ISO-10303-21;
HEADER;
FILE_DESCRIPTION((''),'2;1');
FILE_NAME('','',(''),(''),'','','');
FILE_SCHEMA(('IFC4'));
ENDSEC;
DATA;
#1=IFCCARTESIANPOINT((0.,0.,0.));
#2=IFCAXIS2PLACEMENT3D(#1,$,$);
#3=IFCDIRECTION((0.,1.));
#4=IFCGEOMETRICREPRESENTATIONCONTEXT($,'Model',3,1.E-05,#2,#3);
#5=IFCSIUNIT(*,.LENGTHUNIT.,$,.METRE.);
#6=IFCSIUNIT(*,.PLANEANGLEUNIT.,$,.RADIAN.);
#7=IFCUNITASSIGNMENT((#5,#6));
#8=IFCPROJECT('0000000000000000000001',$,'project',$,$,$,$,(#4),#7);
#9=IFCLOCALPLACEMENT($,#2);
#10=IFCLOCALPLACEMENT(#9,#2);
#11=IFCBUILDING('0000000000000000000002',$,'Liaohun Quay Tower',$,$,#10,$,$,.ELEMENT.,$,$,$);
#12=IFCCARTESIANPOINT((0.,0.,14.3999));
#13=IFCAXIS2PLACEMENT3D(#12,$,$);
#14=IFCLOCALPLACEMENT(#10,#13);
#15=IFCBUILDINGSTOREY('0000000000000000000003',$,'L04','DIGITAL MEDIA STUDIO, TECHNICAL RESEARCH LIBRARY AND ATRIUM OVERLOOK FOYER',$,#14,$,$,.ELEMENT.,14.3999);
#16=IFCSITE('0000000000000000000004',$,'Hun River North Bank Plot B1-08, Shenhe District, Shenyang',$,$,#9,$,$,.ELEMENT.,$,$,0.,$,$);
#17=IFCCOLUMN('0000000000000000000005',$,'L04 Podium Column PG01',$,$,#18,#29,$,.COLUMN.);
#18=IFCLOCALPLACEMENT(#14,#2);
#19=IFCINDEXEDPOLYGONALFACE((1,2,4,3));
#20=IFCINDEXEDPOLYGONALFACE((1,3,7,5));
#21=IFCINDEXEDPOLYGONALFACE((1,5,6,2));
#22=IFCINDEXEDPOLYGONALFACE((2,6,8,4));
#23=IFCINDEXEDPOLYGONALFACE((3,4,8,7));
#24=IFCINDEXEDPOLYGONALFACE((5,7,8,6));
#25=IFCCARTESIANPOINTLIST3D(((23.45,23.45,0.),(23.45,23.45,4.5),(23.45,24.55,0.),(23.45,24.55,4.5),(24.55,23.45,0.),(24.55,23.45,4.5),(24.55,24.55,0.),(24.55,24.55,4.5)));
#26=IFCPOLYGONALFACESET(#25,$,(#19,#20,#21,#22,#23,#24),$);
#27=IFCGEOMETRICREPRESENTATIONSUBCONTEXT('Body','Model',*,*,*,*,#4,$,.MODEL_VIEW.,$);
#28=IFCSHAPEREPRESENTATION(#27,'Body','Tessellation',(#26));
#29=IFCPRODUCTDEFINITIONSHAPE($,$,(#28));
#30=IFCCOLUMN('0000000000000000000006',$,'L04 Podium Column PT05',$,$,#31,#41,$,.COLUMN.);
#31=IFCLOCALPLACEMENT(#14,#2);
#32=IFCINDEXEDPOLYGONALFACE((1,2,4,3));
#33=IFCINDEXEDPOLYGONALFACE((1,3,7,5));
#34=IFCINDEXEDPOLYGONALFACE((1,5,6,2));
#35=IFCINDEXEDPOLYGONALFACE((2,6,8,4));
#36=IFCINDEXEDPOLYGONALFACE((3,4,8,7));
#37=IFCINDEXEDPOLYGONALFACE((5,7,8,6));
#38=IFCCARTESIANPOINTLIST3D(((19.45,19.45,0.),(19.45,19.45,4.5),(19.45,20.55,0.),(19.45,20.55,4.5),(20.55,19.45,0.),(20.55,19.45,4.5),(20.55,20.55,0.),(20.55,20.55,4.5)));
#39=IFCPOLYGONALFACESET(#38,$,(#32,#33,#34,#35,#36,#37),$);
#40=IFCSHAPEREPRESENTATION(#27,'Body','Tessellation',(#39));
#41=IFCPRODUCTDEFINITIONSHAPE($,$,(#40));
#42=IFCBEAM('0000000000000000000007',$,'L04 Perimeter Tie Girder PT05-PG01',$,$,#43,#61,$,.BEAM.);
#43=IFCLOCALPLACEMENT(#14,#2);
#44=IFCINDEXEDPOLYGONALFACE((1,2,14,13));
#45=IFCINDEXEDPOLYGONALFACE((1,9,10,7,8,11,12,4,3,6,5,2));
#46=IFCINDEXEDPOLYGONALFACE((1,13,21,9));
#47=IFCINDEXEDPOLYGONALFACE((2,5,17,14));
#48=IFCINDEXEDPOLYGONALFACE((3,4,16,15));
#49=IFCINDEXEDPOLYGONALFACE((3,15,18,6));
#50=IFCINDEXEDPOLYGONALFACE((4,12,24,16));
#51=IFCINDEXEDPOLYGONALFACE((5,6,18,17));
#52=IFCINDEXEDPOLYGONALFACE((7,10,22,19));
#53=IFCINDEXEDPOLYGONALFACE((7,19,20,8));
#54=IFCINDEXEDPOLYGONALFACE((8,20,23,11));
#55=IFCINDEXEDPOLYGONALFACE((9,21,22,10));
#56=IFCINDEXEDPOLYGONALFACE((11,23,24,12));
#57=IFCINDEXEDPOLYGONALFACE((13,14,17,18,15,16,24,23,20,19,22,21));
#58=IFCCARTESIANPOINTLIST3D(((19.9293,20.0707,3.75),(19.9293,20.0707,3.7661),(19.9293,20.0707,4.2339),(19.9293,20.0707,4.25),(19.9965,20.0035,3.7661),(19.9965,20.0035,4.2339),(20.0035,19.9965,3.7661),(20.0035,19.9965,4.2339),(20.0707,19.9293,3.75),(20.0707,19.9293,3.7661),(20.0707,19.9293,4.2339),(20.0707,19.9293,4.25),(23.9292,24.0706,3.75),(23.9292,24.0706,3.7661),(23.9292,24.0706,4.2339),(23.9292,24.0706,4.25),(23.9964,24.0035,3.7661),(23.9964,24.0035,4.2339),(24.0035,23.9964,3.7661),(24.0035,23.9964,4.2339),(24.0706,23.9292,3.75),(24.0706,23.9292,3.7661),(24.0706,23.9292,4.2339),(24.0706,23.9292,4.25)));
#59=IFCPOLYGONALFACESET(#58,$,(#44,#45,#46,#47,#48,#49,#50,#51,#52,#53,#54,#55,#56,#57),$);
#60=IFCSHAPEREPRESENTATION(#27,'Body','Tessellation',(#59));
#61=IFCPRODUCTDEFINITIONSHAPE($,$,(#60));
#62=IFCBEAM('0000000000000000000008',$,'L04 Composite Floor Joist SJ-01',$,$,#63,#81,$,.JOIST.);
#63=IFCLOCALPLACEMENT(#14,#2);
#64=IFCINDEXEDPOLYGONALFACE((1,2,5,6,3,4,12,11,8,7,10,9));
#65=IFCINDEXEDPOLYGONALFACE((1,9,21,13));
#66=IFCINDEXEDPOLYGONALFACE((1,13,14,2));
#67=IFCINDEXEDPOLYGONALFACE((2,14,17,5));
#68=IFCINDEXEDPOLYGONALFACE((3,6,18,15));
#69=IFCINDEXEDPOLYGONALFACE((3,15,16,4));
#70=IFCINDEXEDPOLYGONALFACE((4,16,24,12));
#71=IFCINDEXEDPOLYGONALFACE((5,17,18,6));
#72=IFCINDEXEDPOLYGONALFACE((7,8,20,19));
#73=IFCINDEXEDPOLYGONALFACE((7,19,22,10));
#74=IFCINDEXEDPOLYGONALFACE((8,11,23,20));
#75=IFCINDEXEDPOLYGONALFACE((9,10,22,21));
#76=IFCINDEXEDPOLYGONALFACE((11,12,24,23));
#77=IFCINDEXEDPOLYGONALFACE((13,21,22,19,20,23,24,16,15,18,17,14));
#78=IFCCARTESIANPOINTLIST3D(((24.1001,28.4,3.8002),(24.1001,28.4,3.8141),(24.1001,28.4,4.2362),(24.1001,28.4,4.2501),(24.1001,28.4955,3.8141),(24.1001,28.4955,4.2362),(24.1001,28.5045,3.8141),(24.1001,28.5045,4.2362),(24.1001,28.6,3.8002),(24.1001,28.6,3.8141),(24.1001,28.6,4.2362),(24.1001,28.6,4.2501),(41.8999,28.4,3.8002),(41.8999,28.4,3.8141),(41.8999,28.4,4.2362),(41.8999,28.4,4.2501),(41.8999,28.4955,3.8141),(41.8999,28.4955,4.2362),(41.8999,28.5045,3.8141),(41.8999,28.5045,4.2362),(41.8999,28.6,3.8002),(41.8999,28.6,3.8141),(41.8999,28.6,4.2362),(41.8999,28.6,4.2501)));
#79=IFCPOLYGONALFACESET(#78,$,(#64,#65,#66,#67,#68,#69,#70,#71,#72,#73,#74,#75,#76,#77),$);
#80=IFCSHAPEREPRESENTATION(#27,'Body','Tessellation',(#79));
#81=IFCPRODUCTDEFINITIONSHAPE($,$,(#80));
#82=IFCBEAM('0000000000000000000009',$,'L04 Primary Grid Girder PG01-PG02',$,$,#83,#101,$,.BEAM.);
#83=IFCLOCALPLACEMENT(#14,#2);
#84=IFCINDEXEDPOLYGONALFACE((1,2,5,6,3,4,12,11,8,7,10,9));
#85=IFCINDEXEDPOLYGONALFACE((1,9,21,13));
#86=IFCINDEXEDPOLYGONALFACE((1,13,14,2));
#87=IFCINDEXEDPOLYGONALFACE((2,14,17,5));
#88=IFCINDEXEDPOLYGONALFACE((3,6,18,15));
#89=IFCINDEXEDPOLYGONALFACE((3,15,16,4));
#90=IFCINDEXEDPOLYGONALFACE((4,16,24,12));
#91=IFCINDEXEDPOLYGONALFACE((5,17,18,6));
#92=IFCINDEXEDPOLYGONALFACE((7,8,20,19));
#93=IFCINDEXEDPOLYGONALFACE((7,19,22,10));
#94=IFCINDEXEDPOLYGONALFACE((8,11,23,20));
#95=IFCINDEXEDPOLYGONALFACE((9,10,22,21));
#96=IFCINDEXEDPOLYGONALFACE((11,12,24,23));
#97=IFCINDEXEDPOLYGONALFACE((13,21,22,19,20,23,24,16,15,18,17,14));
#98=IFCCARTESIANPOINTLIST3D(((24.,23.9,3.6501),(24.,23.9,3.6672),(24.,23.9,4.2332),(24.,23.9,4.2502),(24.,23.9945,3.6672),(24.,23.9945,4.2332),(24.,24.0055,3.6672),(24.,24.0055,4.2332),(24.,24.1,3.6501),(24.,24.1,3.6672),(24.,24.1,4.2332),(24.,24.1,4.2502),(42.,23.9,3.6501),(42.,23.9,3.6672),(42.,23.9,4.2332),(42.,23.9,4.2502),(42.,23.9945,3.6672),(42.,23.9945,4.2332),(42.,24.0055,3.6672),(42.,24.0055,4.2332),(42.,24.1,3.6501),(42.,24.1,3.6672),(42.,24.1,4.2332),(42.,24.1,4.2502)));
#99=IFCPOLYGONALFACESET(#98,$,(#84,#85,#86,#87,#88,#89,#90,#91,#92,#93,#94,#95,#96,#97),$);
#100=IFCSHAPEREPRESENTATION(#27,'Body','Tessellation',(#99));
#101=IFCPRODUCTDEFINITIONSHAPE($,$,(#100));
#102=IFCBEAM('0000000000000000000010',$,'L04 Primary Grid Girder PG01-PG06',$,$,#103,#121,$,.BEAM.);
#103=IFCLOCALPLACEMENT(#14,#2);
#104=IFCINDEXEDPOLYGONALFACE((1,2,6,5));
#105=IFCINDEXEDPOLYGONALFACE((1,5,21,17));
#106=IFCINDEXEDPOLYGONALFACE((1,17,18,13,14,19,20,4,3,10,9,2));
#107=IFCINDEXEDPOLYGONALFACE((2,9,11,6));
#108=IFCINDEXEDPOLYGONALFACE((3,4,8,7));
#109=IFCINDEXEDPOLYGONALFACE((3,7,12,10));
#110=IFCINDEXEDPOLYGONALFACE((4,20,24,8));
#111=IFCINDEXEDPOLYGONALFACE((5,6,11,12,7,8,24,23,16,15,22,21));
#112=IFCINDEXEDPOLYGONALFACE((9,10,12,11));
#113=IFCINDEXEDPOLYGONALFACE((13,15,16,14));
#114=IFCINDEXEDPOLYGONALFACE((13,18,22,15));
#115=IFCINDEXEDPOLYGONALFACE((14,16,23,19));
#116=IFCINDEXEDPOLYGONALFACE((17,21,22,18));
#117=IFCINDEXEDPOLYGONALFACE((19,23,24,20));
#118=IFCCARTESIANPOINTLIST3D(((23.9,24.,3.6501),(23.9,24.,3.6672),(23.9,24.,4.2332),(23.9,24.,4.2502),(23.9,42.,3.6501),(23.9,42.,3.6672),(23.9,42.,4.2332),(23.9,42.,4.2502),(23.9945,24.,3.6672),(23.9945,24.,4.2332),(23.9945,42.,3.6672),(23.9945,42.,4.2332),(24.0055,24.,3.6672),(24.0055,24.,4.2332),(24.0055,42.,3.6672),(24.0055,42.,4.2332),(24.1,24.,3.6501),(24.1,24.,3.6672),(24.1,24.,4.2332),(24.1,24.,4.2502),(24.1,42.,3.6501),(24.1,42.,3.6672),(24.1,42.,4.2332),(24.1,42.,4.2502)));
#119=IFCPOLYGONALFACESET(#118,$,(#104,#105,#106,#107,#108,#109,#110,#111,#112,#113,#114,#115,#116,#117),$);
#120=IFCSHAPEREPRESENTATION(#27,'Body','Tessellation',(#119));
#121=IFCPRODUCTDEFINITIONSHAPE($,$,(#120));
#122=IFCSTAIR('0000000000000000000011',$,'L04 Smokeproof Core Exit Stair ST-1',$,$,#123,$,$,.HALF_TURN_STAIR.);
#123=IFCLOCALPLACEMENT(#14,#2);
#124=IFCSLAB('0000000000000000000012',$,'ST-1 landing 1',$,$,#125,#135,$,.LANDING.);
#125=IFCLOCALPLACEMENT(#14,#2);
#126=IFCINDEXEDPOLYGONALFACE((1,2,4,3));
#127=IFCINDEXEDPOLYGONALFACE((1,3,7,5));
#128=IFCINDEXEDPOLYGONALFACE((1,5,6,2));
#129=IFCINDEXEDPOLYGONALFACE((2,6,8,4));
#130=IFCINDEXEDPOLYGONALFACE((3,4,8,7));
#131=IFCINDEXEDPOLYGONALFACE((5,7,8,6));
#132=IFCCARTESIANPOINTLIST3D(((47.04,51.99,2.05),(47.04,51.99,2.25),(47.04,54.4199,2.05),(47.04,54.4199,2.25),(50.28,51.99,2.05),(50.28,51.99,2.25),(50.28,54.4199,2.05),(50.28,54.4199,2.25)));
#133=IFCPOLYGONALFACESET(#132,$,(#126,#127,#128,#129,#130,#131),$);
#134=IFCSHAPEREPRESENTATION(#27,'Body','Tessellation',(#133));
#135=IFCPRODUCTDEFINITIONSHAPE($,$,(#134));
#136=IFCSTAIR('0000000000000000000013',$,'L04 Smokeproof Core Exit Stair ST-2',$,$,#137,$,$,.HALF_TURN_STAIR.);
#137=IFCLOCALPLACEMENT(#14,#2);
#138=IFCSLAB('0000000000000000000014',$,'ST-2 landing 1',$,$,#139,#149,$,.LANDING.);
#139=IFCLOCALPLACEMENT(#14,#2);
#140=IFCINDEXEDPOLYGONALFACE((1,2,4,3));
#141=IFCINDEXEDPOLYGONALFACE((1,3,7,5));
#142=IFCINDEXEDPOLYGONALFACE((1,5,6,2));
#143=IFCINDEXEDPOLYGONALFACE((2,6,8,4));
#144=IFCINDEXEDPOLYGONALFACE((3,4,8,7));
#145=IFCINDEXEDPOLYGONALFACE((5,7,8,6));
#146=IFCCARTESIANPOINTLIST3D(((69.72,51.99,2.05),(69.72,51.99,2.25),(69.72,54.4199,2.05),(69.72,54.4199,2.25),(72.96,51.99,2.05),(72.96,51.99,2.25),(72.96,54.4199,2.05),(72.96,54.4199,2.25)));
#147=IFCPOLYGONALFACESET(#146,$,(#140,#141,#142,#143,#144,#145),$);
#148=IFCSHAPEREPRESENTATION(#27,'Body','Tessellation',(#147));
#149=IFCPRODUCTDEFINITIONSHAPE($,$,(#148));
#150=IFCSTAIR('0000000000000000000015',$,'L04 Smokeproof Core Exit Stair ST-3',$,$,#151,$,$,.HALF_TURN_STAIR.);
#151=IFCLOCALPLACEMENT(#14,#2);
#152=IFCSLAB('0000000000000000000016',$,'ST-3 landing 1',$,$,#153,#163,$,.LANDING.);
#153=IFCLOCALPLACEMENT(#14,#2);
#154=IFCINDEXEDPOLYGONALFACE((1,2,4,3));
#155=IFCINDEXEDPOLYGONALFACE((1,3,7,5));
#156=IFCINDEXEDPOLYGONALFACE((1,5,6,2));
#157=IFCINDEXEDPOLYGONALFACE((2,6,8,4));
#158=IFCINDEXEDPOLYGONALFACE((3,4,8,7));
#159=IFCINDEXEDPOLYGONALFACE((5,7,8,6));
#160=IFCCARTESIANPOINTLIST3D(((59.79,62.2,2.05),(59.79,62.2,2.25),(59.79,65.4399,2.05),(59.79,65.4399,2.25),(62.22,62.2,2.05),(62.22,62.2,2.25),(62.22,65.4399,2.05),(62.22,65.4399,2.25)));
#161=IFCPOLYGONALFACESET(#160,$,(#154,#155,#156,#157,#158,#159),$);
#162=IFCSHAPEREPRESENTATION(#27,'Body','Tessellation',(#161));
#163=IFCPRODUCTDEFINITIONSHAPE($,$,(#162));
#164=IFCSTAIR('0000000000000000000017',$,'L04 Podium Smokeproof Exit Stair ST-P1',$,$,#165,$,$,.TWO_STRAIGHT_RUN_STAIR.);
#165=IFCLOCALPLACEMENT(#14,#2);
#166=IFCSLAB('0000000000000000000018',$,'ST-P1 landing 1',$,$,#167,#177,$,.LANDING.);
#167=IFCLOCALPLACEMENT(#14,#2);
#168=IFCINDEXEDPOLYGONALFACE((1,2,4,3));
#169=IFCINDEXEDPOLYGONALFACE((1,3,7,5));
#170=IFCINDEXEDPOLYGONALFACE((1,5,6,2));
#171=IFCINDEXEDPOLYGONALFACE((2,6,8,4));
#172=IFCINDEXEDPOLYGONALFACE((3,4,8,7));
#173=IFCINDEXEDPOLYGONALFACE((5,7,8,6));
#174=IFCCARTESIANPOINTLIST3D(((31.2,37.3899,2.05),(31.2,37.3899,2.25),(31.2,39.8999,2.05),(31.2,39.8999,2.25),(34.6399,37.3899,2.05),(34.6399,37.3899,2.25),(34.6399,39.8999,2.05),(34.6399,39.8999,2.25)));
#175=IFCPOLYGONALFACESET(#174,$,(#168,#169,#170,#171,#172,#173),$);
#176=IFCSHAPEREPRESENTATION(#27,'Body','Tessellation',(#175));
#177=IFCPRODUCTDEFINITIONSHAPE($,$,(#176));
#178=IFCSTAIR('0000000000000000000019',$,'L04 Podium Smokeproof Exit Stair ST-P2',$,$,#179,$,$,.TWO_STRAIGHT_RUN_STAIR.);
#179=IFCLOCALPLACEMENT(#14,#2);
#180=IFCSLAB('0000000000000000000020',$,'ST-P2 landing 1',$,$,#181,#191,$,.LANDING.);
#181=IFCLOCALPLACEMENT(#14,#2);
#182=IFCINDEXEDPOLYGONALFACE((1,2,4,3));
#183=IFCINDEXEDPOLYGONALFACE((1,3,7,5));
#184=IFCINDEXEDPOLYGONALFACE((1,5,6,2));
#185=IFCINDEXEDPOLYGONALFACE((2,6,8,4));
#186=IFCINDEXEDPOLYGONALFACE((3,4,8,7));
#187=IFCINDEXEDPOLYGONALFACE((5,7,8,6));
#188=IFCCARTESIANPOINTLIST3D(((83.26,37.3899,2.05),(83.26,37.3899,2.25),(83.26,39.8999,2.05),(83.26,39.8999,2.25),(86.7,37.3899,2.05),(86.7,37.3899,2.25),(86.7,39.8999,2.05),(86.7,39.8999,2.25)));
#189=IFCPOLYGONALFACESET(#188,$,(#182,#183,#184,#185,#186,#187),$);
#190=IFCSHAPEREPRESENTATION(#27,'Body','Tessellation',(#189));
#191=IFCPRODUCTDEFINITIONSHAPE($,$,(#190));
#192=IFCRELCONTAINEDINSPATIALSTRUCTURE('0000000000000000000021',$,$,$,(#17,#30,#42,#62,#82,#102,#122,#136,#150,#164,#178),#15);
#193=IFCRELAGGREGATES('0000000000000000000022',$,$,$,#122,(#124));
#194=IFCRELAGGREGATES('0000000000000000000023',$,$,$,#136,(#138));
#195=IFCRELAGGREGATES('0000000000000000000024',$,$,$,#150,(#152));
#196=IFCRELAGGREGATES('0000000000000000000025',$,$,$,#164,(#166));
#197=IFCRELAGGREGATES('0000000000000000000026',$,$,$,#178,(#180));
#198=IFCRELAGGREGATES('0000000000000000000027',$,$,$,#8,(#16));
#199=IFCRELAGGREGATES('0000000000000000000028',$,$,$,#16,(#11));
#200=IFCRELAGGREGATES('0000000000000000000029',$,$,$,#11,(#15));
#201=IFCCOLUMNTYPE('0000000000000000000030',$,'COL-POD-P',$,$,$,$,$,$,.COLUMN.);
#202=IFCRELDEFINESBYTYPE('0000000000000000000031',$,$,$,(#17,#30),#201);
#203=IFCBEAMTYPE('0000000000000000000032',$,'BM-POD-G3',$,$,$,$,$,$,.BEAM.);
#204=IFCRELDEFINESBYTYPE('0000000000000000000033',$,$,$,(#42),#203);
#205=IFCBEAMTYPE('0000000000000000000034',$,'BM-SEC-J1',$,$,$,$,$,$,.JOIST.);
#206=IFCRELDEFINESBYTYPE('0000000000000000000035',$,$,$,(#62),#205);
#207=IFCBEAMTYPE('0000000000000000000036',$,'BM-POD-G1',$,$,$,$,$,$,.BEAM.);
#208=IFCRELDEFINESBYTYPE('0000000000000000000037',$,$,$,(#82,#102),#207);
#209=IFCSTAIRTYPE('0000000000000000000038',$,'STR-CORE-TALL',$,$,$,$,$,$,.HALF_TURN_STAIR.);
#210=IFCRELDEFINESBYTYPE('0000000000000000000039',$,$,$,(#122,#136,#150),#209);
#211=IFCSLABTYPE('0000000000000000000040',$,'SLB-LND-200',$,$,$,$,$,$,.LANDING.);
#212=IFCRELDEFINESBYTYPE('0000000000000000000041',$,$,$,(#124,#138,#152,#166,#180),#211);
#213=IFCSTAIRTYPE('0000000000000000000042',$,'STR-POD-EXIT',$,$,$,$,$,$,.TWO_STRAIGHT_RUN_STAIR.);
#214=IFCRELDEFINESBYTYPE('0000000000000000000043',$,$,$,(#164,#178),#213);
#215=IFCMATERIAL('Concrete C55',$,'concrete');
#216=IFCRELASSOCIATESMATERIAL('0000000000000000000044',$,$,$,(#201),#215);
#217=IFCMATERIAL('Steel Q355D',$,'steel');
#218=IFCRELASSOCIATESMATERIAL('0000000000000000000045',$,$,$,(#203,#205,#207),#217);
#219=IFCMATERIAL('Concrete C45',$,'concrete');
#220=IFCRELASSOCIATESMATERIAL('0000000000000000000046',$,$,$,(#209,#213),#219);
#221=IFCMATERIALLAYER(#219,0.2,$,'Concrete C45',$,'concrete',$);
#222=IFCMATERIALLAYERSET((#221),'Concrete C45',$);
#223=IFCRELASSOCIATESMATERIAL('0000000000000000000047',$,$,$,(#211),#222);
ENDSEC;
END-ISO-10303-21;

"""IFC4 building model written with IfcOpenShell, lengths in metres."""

from ifc_helpers import new_model, si_unit, direction, frame, origin, origin_2d, place, context, subcontext, project, spatial, polyline, rectangle, i_section, outline, extrude, source, transform, mapped, material, layer, layer_set, material_profile, profile_set, type_object, element, aggregate, save


model = new_model("IFC4")

# Units and contexts
model_context = context("Model", 3, precision=1e-05, world=origin(), true_north=direction((0.0, 1.0)))
body_context = subcontext(model_context, "Body", "Model", "MODEL_VIEW")
ifc_project = project(units=[si_unit("LENGTHUNIT", "METRE"), si_unit("PLANEANGLEUNIT", "RADIAN")], contexts=[model_context])

# Site, building, storey
site_placement = place(None, origin())
site = spatial("IfcSite", under=ifc_project, at=site_placement, Name="Hun River North Bank Plot B1-08, Shenhe District, Shenyang", CompositionType="ELEMENT", RefElevation=0.0)
building_placement = place(site_placement, origin())
building = spatial("IfcBuilding", under=site, at=building_placement, Name="Liaohun Quay Tower", CompositionType="ELEMENT")
storey_placement = place(building_placement, frame((0.0, 0.0, 14.3999)))
storey = spatial("IfcBuildingStorey", under=building, at=storey_placement, Name="L04", Description="DIGITAL MEDIA STUDIO, TECHNICAL RESEARCH LIBRARY AND ATRIUM OVERLOOK FOYER", CompositionType="ELEMENT", Elevation=14.3999)

# Columns
ifc_material_1 = material(Name="Concrete C55", Category="concrete")
ifc_material_profile_1 = material_profile(ifc_material_1, rectangle(XDim=1.1001, YDim=1.1001, at=origin_2d()), Name="RC1100x1100")
ifc_profile_set_1 = profile_set([ifc_material_profile_1], Name="Concrete C55")
column_type = type_object("IfcColumnType", Name="COL-POD-P", PredefinedType="COLUMN", material=ifc_profile_set_1)
shared_shape_1 = source(origin(), body_context, "Body", "SweptSolid", [
    extrude(rectangle(XDim=1.1001, YDim=1.1001, at=origin_2d()), origin(), (0.0, 0.0, 1.0), 4.5),
])
for number, where, z_axis, x_axis, name in (
    (1, (24.0, 24.0, 0.0), (0.0, 0.0, 1.0), (1.0, 0.0, 0.0), "L04 Podium Column PG01"),
    (2, (20.0, 20.0, 0.0), (0.0, 0.0, 1.0), (1.0, 0.0, 0.0), "L04 Podium Column PT05"),
):
    element("IfcColumn", number, at=place(storey_placement, frame(where, z_axis=z_axis, x_axis=x_axis)), inside=storey, type_object=column_type, Name=name, PredefinedType="COLUMN", context=body_context, shape_type="MappedRepresentation", body=[
        mapped(shared_shape_1, transform((0.0, 0.0, 0.0), x_axis=(1.0, 0.0, 0.0), y_axis=(0.0, 1.0, 0.0), z_axis=(0.0, 0.0, 1.0), scale=1.0)),
    ])

# Beams
ifc_material_2 = material(Name="Steel Q355D", Category="steel")
ifc_material_profile_2 = material_profile(ifc_material_2, i_section(OverallWidth=0.2, OverallDepth=0.5, WebThickness=0.01, FlangeThickness=0.0161, at=origin_2d()), Name="HN500x200x10x16")
ifc_profile_set_2 = profile_set([ifc_material_profile_2], Name="Steel Q355D")
beam_type_1 = type_object("IfcBeamType", Name="BM-POD-G3", PredefinedType="BEAM", material=ifc_profile_set_2)
shared_shape_2 = source(origin(), body_context, "Body", "SweptSolid", [
    extrude(i_section(OverallWidth=0.2, OverallDepth=0.5, WebThickness=0.01, FlangeThickness=0.0161, at=origin_2d()), origin(), (0.0, 0.0, 1.0), 5.6567),
])
beam_1_placement = place(storey_placement, frame((20.0, 20.0, 4.0), z_axis=(0.707107, 0.707107, 0.0), x_axis=(-0.707107, 0.707107, 0.0)))
element("IfcBeam", 3, at=beam_1_placement, inside=storey, type_object=beam_type_1, Name="L04 Perimeter Tie Girder PT05-PG01", PredefinedType="BEAM", context=body_context, shape_type="MappedRepresentation", body=[
    mapped(shared_shape_2, transform((0.0, 0.0, 0.0), x_axis=(1.0, 0.0, 0.0), y_axis=(0.0, 1.0, 0.0), z_axis=(0.0, 0.0, 1.0), scale=1.0)),
])
ifc_material_profile_3 = material_profile(ifc_material_2, i_section(OverallWidth=0.2, OverallDepth=0.45, WebThickness=0.009, FlangeThickness=0.0139, at=origin_2d()), Name="HN450x200x9x14")
ifc_profile_set_3 = profile_set([ifc_material_profile_3], Name="Steel Q355D")
beam_type_2 = type_object("IfcBeamType", Name="BM-SEC-J1", PredefinedType="JOIST", material=ifc_profile_set_3)
shared_shape_3 = source(origin(), body_context, "Body", "SweptSolid", [
    extrude(i_section(OverallWidth=0.2, OverallDepth=0.45, WebThickness=0.009, FlangeThickness=0.0139, at=origin_2d()), origin(), (0.0, 0.0, 1.0), 17.7998),
])
beam_2_placement = place(storey_placement, frame((24.1001, 28.5, 4.0251), z_axis=(1.0, 0.0, 0.0), x_axis=(0.0, 1.0, 0.0)))
element("IfcBeam", 4, at=beam_2_placement, inside=storey, type_object=beam_type_2, Name="L04 Composite Floor Joist SJ-01", PredefinedType="JOIST", context=body_context, shape_type="MappedRepresentation", body=[
    mapped(shared_shape_3, transform((0.0, 0.0, 0.0), x_axis=(1.0, 0.0, 0.0), y_axis=(0.0, 1.0, 0.0), z_axis=(0.0, 0.0, 1.0), scale=1.0)),
])
ifc_material_profile_4 = material_profile(ifc_material_2, i_section(OverallWidth=0.2, OverallDepth=0.6001, WebThickness=0.011, FlangeThickness=0.0171, at=origin_2d()), Name="HN600x200x11x17")
ifc_profile_set_4 = profile_set([ifc_material_profile_4], Name="Steel Q355D")
beam_type_3 = type_object("IfcBeamType", Name="BM-POD-G1", PredefinedType="BEAM", material=ifc_profile_set_4)
shared_shape_4 = source(origin(), body_context, "Body", "SweptSolid", [
    extrude(i_section(OverallWidth=0.2, OverallDepth=0.6001, WebThickness=0.011, FlangeThickness=0.0171, at=origin_2d()), origin(), (0.0, 0.0, 1.0), 18.0),
])
for number, where, z_axis, x_axis, name in (
    (5, (24.0, 24.0, 3.9502), (1.0, 0.0, 0.0), (0.0, 1.0, 0.0), "L04 Primary Grid Girder PG01-PG02"),
    (6, (24.0, 24.0, 3.9502), (0.0, 1.0, 0.0), (-1.0, 0.0, 0.0), "L04 Primary Grid Girder PG01-PG06"),
):
    element("IfcBeam", number, at=place(storey_placement, frame(where, z_axis=z_axis, x_axis=x_axis)), inside=storey, type_object=beam_type_3, Name=name, PredefinedType="BEAM", context=body_context, shape_type="MappedRepresentation", body=[
        mapped(shared_shape_4, transform((0.0, 0.0, 0.0), x_axis=(1.0, 0.0, 0.0), y_axis=(0.0, 1.0, 0.0), z_axis=(0.0, 0.0, 1.0), scale=1.0)),
    ])

# Stairs, slabs
ifc_material_3 = material(Name="Concrete C45", Category="concrete")
stair_type_1 = type_object("IfcStairType", Name="STR-CORE-TALL", PredefinedType="HALF_TURN_STAIR", material=ifc_material_3)
stair_1_placement = place(storey_placement, origin())
stair_1 = element("IfcStair", 7, at=stair_1_placement, inside=storey, type_object=stair_type_1, Name="L04 Smokeproof Core Exit Stair ST-1", PredefinedType="HALF_TURN_STAIR")
ifc_layer_1 = layer(ifc_material_3, 0.2, Name="Concrete C45", Category="concrete")
ifc_layer_set_1 = layer_set([ifc_layer_1], Name="Concrete C45")
slab_type_1 = type_object("IfcSlabType", Name="SLB-LND-200", PredefinedType="LANDING", material=ifc_layer_set_1)
slab_1_placement = place(storey_placement, frame((0.0, 0.0, 2.05)))
slab_1 = element("IfcSlab", 8, at=slab_1_placement, type_object=slab_type_1, Name="ST-1 landing 1", PredefinedType="LANDING", context=body_context, shape_type="SweptSolid", body=[
    extrude(outline(polyline([(50.28, 51.99), (50.28, 54.4199), (47.04, 54.4199), (47.04, 51.99), (50.28, 51.99)])), origin(), (0.0, 0.0, 1.0), 0.2),
])
aggregate(stair_1, [slab_1])
stair_2_placement = place(storey_placement, origin())
stair_2 = element("IfcStair", 9, at=stair_2_placement, inside=storey, type_object=stair_type_1, Name="L04 Smokeproof Core Exit Stair ST-2", PredefinedType="HALF_TURN_STAIR")
slab_2_placement = place(storey_placement, frame((0.0, 0.0, 2.05)))
slab_2 = element("IfcSlab", 10, at=slab_2_placement, type_object=slab_type_1, Name="ST-2 landing 1", PredefinedType="LANDING", context=body_context, shape_type="SweptSolid", body=[
    extrude(outline(polyline([(72.96, 51.99), (72.96, 54.4199), (69.72, 54.4199), (69.72, 51.99), (72.96, 51.99)])), origin(), (0.0, 0.0, 1.0), 0.2),
])
aggregate(stair_2, [slab_2])
stair_3_placement = place(storey_placement, origin())
stair_3 = element("IfcStair", 11, at=stair_3_placement, inside=storey, type_object=stair_type_1, Name="L04 Smokeproof Core Exit Stair ST-3", PredefinedType="HALF_TURN_STAIR")
slab_3_placement = place(storey_placement, frame((0.0, 0.0, 2.05)))
slab_3 = element("IfcSlab", 12, at=slab_3_placement, type_object=slab_type_1, Name="ST-3 landing 1", PredefinedType="LANDING", context=body_context, shape_type="SweptSolid", body=[
    extrude(outline(polyline([(59.79, 62.2), (62.22, 62.2), (62.22, 65.4399), (59.79, 65.4399), (59.79, 62.2)])), origin(), (0.0, 0.0, 1.0), 0.2),
])
aggregate(stair_3, [slab_3])
stair_type_2 = type_object("IfcStairType", Name="STR-POD-EXIT", PredefinedType="TWO_STRAIGHT_RUN_STAIR", material=ifc_material_3)
stair_4_placement = place(storey_placement, origin())
stair_4 = element("IfcStair", 13, at=stair_4_placement, inside=storey, type_object=stair_type_2, Name="L04 Podium Smokeproof Exit Stair ST-P1", PredefinedType="TWO_STRAIGHT_RUN_STAIR")
slab_4_placement = place(storey_placement, frame((0.0, 0.0, 2.05)))
slab_4 = element("IfcSlab", 14, at=slab_4_placement, type_object=slab_type_1, Name="ST-P1 landing 1", PredefinedType="LANDING", context=body_context, shape_type="SweptSolid", body=[
    extrude(outline(polyline([(34.6399, 37.3899), (34.6399, 39.8999), (31.2, 39.8999), (31.2, 37.3899), (34.6399, 37.3899)])), origin(), (0.0, 0.0, 1.0), 0.2),
])
aggregate(stair_4, [slab_4])
stair_5_placement = place(storey_placement, origin())
stair_5 = element("IfcStair", 15, at=stair_5_placement, inside=storey, type_object=stair_type_2, Name="L04 Podium Smokeproof Exit Stair ST-P2", PredefinedType="TWO_STRAIGHT_RUN_STAIR")
slab_5_placement = place(storey_placement, frame((0.0, 0.0, 2.05)))
slab_5 = element("IfcSlab", 16, at=slab_5_placement, type_object=slab_type_1, Name="ST-P2 landing 1", PredefinedType="LANDING", context=body_context, shape_type="SweptSolid", body=[
    extrude(outline(polyline([(86.7, 37.3899), (86.7, 39.8999), (83.26, 39.8999), (83.26, 37.3899), (86.7, 37.3899)])), origin(), (0.0, 0.0, 1.0), 0.2),
])
aggregate(stair_5, [slab_5])

save(model, "model.ifc")
